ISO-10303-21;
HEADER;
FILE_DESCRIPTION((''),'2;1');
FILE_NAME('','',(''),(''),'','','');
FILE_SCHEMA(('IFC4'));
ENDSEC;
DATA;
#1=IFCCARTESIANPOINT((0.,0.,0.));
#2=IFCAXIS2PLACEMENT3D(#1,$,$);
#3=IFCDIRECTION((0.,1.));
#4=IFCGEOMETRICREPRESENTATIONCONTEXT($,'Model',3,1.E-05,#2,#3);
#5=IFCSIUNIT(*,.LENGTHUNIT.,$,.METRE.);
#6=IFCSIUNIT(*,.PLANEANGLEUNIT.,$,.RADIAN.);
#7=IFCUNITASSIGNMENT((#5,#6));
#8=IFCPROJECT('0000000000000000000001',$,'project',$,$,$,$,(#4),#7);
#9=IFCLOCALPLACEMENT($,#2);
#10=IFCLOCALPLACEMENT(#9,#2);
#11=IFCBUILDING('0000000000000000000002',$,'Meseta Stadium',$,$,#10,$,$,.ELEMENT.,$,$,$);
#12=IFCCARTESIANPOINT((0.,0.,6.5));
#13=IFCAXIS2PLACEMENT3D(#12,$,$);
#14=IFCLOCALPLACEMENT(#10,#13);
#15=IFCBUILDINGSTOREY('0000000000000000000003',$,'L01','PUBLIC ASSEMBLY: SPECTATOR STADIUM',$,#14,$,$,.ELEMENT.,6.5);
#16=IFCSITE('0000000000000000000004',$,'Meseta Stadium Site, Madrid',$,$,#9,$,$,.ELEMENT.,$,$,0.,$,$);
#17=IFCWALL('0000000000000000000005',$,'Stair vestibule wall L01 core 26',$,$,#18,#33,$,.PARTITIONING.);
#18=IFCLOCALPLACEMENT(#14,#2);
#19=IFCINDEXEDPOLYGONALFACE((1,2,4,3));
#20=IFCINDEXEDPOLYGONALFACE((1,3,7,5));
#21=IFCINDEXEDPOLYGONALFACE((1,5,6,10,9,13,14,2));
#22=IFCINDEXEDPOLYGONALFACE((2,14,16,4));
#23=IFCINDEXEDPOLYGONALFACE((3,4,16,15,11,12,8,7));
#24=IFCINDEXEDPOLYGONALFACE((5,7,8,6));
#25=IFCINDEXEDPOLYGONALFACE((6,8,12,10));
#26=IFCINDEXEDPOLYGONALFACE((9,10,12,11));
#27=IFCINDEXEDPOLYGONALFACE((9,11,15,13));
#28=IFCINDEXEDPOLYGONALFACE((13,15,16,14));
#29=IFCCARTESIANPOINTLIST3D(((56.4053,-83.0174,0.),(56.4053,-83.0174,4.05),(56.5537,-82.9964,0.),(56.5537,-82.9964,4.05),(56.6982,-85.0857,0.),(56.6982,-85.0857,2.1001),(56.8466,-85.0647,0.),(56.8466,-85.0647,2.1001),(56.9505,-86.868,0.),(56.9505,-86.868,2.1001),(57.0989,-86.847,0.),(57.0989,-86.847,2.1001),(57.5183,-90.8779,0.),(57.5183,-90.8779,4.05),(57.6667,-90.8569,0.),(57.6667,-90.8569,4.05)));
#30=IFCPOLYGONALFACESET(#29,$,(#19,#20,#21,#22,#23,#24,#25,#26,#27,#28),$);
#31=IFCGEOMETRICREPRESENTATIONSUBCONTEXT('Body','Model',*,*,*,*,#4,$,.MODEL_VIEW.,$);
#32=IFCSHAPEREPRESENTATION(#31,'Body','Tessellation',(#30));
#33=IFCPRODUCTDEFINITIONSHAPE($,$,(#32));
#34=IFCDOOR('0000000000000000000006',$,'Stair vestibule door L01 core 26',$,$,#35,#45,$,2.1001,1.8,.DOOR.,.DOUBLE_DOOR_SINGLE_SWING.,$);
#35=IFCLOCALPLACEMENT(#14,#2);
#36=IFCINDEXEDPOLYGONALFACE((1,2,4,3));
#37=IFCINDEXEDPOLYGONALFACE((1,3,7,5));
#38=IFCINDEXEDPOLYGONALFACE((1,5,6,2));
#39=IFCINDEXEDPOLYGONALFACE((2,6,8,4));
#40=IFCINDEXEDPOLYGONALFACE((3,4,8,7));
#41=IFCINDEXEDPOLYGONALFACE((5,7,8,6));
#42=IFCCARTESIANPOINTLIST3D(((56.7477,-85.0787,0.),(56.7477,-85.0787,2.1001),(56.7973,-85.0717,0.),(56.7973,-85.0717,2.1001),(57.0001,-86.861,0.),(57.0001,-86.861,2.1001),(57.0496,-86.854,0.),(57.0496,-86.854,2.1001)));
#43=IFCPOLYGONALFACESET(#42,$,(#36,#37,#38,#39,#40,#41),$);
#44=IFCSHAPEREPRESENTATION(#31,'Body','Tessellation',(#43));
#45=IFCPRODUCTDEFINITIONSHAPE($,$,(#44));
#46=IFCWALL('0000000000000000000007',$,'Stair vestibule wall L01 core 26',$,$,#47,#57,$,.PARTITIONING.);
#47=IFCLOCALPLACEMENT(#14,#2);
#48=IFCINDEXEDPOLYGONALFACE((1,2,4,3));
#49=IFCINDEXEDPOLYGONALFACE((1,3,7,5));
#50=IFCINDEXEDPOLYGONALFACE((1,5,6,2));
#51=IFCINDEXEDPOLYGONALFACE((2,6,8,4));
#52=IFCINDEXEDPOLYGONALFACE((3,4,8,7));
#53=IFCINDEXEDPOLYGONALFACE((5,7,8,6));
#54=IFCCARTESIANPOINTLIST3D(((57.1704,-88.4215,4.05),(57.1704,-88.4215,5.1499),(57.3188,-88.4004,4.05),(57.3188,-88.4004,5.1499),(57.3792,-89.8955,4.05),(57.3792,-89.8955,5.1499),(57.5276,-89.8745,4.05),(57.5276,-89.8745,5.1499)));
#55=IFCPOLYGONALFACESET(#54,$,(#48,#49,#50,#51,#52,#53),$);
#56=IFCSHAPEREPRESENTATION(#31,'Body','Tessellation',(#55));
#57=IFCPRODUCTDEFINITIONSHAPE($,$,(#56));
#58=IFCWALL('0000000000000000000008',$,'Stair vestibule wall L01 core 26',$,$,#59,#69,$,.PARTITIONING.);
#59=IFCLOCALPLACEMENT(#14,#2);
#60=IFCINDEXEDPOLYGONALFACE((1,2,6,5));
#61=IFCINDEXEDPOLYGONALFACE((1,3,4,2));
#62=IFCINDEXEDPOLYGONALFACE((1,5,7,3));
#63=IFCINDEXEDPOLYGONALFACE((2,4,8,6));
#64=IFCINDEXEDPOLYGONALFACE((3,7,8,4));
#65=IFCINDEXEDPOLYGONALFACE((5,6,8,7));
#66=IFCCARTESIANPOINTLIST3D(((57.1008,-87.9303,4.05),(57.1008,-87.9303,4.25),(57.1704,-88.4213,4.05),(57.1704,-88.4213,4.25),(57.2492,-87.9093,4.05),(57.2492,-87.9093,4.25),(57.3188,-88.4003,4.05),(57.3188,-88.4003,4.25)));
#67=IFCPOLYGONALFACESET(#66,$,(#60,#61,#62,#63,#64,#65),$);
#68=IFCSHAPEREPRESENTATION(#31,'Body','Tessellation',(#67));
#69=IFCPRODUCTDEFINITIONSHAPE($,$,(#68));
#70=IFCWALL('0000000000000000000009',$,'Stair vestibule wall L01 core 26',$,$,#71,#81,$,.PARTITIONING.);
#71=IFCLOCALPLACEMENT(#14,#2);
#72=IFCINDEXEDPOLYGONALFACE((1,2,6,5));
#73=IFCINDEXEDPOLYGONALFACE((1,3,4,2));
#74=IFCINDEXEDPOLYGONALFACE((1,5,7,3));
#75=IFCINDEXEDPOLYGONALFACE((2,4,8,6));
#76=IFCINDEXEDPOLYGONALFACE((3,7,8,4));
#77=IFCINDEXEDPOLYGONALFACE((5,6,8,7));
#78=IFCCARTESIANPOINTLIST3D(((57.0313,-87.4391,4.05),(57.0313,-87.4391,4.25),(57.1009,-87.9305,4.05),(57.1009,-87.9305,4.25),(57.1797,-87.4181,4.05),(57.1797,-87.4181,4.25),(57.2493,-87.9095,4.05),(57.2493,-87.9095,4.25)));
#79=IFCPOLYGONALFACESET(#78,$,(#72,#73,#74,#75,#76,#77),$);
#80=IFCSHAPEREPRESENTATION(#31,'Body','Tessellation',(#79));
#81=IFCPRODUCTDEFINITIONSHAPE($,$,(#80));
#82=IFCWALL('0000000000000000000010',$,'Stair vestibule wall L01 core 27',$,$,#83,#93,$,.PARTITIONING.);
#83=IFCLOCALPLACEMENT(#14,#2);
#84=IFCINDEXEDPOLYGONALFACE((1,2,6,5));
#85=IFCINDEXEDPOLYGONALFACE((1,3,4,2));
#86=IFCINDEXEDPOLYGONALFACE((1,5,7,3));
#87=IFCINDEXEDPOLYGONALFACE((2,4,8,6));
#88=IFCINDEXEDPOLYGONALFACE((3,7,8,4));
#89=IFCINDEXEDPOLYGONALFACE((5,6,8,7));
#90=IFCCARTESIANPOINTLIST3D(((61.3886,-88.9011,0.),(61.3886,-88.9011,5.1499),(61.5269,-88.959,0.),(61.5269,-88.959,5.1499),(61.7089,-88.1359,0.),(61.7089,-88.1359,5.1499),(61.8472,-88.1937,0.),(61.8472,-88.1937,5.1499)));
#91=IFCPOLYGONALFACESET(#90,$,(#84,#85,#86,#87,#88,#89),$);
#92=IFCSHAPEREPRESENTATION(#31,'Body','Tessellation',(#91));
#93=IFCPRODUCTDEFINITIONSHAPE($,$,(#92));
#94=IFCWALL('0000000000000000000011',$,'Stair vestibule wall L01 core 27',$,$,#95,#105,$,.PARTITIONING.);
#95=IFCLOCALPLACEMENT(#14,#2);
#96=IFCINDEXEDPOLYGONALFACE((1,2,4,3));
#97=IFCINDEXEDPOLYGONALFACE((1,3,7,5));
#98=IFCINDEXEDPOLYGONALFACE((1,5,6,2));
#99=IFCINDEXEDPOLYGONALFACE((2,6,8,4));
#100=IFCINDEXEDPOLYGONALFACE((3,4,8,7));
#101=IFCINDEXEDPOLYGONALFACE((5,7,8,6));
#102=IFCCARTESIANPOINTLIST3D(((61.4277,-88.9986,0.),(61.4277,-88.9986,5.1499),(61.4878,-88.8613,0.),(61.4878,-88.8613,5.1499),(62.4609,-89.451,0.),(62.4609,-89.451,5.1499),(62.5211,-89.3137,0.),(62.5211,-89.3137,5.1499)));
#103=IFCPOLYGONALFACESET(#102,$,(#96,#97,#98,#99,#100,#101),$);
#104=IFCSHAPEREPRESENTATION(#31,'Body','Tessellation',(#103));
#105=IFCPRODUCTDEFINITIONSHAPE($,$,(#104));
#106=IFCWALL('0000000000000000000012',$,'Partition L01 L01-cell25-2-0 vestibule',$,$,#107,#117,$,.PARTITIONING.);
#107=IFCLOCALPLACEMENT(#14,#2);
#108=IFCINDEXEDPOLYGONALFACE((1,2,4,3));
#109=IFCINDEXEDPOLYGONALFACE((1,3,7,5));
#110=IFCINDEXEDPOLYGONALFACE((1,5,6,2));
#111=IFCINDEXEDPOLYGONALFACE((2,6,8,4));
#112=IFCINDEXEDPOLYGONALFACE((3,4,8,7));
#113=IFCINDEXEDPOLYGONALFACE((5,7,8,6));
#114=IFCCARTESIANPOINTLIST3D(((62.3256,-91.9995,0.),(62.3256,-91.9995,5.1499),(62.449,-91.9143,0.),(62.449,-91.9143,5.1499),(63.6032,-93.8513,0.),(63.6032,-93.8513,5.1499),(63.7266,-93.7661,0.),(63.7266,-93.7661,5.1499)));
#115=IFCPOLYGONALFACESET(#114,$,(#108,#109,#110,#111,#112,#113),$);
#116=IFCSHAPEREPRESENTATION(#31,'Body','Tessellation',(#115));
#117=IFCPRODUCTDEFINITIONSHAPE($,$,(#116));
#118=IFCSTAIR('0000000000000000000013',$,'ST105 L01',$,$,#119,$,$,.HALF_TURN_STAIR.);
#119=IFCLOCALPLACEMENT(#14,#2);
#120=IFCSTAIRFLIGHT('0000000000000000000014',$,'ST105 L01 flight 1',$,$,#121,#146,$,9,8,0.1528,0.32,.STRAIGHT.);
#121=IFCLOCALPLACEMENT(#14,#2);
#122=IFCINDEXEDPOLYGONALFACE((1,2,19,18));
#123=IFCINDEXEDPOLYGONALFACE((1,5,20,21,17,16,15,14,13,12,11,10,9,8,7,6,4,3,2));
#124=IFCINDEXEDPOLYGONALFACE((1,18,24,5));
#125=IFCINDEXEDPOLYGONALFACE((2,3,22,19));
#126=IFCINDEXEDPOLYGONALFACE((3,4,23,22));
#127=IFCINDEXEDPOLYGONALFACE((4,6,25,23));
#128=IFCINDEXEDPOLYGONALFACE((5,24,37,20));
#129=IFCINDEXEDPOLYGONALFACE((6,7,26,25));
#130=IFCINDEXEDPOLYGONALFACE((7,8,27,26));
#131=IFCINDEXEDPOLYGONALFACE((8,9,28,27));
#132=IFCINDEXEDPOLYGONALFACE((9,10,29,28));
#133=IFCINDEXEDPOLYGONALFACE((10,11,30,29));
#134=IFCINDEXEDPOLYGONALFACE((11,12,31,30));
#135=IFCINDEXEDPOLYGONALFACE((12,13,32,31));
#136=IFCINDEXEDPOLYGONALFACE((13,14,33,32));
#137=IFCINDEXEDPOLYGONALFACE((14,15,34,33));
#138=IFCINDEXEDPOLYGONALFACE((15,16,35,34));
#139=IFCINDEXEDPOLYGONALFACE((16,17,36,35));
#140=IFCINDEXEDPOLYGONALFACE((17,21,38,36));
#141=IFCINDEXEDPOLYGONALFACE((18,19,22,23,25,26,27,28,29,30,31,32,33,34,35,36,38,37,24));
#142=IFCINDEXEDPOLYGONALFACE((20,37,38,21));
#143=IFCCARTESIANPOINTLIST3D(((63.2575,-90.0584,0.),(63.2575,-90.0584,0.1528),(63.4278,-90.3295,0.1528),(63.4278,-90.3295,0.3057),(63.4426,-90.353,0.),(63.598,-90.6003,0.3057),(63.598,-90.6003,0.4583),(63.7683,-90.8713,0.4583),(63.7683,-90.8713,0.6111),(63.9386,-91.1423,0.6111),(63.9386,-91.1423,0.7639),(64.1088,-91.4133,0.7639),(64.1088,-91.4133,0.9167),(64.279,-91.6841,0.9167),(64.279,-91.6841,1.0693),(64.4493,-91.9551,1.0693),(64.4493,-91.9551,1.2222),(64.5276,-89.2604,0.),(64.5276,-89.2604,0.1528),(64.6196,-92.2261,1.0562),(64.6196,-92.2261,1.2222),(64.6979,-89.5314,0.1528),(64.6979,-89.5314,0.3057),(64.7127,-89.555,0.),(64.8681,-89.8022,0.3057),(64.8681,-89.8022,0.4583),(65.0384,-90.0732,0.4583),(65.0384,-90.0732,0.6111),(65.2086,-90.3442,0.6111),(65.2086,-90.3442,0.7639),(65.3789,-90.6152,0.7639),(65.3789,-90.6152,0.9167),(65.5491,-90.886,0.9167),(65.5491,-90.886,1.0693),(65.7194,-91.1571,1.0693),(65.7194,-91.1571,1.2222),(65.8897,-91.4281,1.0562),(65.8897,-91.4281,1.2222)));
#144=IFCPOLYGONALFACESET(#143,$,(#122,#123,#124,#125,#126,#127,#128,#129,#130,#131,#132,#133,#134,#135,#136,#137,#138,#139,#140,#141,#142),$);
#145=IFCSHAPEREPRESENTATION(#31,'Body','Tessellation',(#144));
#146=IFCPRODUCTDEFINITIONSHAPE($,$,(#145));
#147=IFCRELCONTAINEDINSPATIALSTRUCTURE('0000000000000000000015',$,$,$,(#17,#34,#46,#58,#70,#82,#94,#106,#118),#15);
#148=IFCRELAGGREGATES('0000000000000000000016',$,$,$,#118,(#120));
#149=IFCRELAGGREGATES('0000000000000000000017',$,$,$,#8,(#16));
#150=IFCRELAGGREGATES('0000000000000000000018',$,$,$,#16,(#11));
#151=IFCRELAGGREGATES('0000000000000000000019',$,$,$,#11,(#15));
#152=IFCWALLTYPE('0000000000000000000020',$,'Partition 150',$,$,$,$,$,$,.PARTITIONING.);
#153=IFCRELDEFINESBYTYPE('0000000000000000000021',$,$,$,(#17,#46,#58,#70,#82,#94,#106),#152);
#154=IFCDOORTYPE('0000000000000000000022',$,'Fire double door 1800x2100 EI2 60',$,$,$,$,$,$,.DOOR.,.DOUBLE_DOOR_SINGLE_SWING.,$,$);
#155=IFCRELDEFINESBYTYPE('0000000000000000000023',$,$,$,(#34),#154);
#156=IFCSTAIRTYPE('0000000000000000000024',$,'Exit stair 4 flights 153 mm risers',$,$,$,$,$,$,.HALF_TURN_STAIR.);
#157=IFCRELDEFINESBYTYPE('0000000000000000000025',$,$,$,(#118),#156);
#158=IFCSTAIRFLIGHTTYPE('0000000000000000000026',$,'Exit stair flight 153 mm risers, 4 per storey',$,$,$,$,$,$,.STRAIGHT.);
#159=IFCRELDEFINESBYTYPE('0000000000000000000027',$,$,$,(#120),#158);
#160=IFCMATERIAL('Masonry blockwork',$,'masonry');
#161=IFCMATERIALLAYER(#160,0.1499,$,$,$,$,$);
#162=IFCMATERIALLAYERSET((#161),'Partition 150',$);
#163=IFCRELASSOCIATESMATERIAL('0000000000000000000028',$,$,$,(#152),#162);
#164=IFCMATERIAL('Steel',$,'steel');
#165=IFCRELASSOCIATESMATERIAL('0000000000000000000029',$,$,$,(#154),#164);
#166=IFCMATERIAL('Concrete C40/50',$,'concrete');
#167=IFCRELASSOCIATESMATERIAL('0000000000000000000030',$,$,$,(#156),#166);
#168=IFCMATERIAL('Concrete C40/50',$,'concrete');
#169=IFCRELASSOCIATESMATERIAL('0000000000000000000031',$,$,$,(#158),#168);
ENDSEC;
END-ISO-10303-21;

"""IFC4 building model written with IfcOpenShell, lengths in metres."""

from ifc_helpers import new_model, si_unit, direction, frame, frame_2d, origin, place, context, subcontext, project, spatial, polyline, rectangle, outline, extrude, material, layer, layer_set, type_object, element, fill, aggregate, save


model = new_model("IFC4")

# Units and contexts
model_context = context("Model", 3, precision=1e-05, world=origin(), true_north=direction((0.0, 1.0)))
body_context = subcontext(model_context, "Body", "Model", "MODEL_VIEW")
ifc_project = project(units=[si_unit("LENGTHUNIT", "METRE"), si_unit("PLANEANGLEUNIT", "RADIAN")], contexts=[model_context])

# Site, building, storey
site_placement = place(None, origin())
site = spatial("IfcSite", under=ifc_project, at=site_placement, Name="Meseta Stadium Site, Madrid", CompositionType="ELEMENT", RefElevation=0.0)
building_placement = place(site_placement, origin())
building = spatial("IfcBuilding", under=site, at=building_placement, Name="Meseta Stadium", CompositionType="ELEMENT")
storey_placement = place(building_placement, frame((0.0, 0.0, 6.5)))
storey = spatial("IfcBuildingStorey", under=building, at=storey_placement, Name="L01", Description="PUBLIC ASSEMBLY: SPECTATOR STADIUM", CompositionType="ELEMENT", Elevation=6.5)

# Shared definitions
ifc_material_1 = material(Name="Masonry blockwork", Category="masonry")
ifc_layer_1 = layer(ifc_material_1, 0.1499)
ifc_layer_set_1 = layer_set([ifc_layer_1], Name="Partition 150")
wall_type_1 = type_object("IfcWallType", Name="Partition 150", PredefinedType="PARTITIONING", material=ifc_layer_set_1)

# Wall, opening, door
wall_1_placement = place(storey_placement, frame((57.5925, -90.8674, 0.0), z_axis=(0.0, 0.0, 1.0), x_axis=(-0.140199, 0.990123, 0.0)))
wall_1 = element("IfcWall", 1, at=wall_1_placement, inside=storey, type_object=wall_type_1, Name="Stair vestibule wall L01 core 26", PredefinedType="PARTITIONING", context=body_context, shape_type="SweptSolid", body=[
    extrude(rectangle(XDim=7.939, YDim=0.1499, at=frame_2d((3.9695, 0.0))), origin(), (0.0, 0.0, 1.0), 4.05),
])
opening_1_placement = place(wall_1_placement, frame((4.05, 0.0, 0.0)))
opening_1 = element("IfcOpeningElement", 2, at=opening_1_placement, cuts=wall_1, PredefinedType="OPENING", context=body_context, shape_type="SweptSolid", body=[
    extrude(rectangle(XDim=1.8, YDim=2.1001, at=frame_2d((0.8999, 1.05))), frame((0.0, 0.085, 0.0), z_axis=(0.0, -1.0, 0.0), x_axis=(1.0, 0.0, 0.0)), (0.0, 0.0, 1.0), 0.1699),
])
ifc_material_2 = material(Name="Steel", Category="steel")
door_type_1 = type_object("IfcDoorType", Name="Fire double door 1800x2100 EI2 60", OperationType="DOUBLE_DOOR_SINGLE_SWING", PredefinedType="DOOR", material=ifc_material_2)
door_1_placement = place(opening_1_placement, origin())
door_1 = element("IfcDoor", 3, at=door_1_placement, inside=storey, type_object=door_type_1, Name="Stair vestibule door L01 core 26", OperationType="DOUBLE_DOOR_SINGLE_SWING", OverallHeight=2.1001, OverallWidth=1.8, PredefinedType="DOOR", context=body_context, shape_type="SweptSolid", body=[
    extrude(rectangle(XDim=1.8, YDim=2.1001, at=frame_2d((0.8999, 1.05))), frame((0.0, 0.0249, 0.0), z_axis=(0.0, -1.0, 0.0), x_axis=(1.0, 0.0, 0.0)), (0.0, 0.0, 1.0), 0.05),
])
fill(opening_1, door_1)

# Walls
wall_2_placement = place(storey_placement, frame((57.4534, -89.885, 4.05), z_axis=(0.0, 0.0, 1.0), x_axis=(-0.140205, 0.990123, 0.0)))
element("IfcWall", 4, at=wall_2_placement, inside=storey, type_object=wall_type_1, Name="Stair vestibule wall L01 core 26", PredefinedType="PARTITIONING", context=body_context, shape_type="SweptSolid", body=[
    extrude(rectangle(XDim=1.4888, YDim=0.1499, at=frame_2d((0.7444, 0.0))), origin(), (0.0, 0.0, 1.0), 1.0999),
])
wall_3_placement = place(storey_placement, frame((57.2446, -88.4109, 4.05), z_axis=(0.0, 0.0, 1.0), x_axis=(-0.140318, 0.990106, 0.0)))
element("IfcWall", 5, at=wall_3_placement, inside=storey, type_object=wall_type_1, Name="Stair vestibule wall L01 core 26", PredefinedType="PARTITIONING", context=body_context, shape_type="SweptSolid", body=[
    extrude(rectangle(XDim=0.4958, YDim=0.1499, at=frame_2d((0.248, 0.0))), origin(), (0.0, 0.0, 1.0), 0.2),
])
wall_4_placement = place(storey_placement, frame((57.175, -87.9199, 4.05), z_axis=(0.0, 0.0, 1.0), x_axis=(-0.140182, 0.990126, 0.0)))
element("IfcWall", 6, at=wall_4_placement, inside=storey, type_object=wall_type_1, Name="Stair vestibule wall L01 core 26", PredefinedType="PARTITIONING", context=body_context, shape_type="SweptSolid", body=[
    extrude(rectangle(XDim=0.4963, YDim=0.1499, at=frame_2d((0.248, 0.0))), origin(), (0.0, 0.0, 1.0), 0.2),
])
wall_5_placement = place(storey_placement, frame((61.7781, -88.1648, 0.0), z_axis=(0.0, 0.0, 1.0), x_axis=(-0.386161, -0.922431, 0.0)))
element("IfcWall", 7, at=wall_5_placement, inside=storey, type_object=wall_type_1, Name="Stair vestibule wall L01 core 27", PredefinedType="PARTITIONING", context=body_context, shape_type="SweptSolid", body=[
    extrude(rectangle(XDim=0.8296, YDim=0.1499, at=frame_2d((0.4148, 0.0))), origin(), (0.0, 0.0, 1.0), 5.1499),
])
wall_6_placement = place(storey_placement, frame((61.4578, -88.9299, 0.0), z_axis=(0.0, 0.0, 1.0), x_axis=(0.916038, -0.401091, 0.0)))
element("IfcWall", 8, at=wall_6_placement, inside=storey, type_object=wall_type_1, Name="Stair vestibule wall L01 core 27", PredefinedType="PARTITIONING", context=body_context, shape_type="SweptSolid", body=[
    extrude(rectangle(XDim=1.1279, YDim=0.1499, at=frame_2d((0.564, 0.0))), origin(), (0.0, 0.0, 1.0), 5.1499),
])
wall_7_placement = place(storey_placement, frame((62.3872, -91.9568, 0.0), z_axis=(0.0, 0.0, 1.0), x_axis=(0.567877, -0.823113, 0.0)))
element("IfcWall", 9, at=wall_7_placement, inside=storey, type_object=wall_type_1, Name="Partition L01 L01-cell25-2-0 vestibule", PredefinedType="PARTITIONING", context=body_context, shape_type="SweptSolid", body=[
    extrude(rectangle(XDim=2.2498, YDim=0.1499, at=frame_2d((1.125, 0.0))), origin(), (0.0, 0.0, 1.0), 5.1499),
])

# Stair, stair flight
ifc_material_3 = material(Name="Concrete C40/50", Category="concrete")
stair_type = type_object("IfcStairType", Name="Exit stair 4 flights 153 mm risers", PredefinedType="HALF_TURN_STAIR", material=ifc_material_3)
stair_placement = place(storey_placement, origin())
stair = element("IfcStair", 10, at=stair_placement, inside=storey, type_object=stair_type, Name="ST105 L01", PredefinedType="HALF_TURN_STAIR")
ifc_material_4 = material(Name="Concrete C40/50", Category="concrete")
stair_flight_type = type_object("IfcStairFlightType", Name="Exit stair flight 153 mm risers, 4 per storey", PredefinedType="STRAIGHT", material=ifc_material_4)
stair_flight_placement = place(storey_placement, frame((63.8926, -89.6594, 0.0), z_axis=(0.0, 0.0, 1.0), x_axis=(0.532032, -0.846724, 0.0)))
stair_flight = element("IfcStairFlight", 11, at=stair_flight_placement, type_object=stair_flight_type, Name="ST105 L01 flight 1", NumberOfRisers=9, NumberOfTreads=8, PredefinedType="STRAIGHT", RiserHeight=0.1528, TreadLength=0.32, context=body_context, shape_type="SweptSolid", body=[
    extrude(outline(polyline([(0.0, 0.0), (0.0, 0.1528), (0.3201, 0.1528), (0.3201, 0.3057), (0.6399, 0.3057), (0.6399, 0.4583), (0.96, 0.4583), (0.96, 0.6111), (1.28, 0.6111), (1.28, 0.7639), (1.6001, 0.7639), (1.6001, 0.9167), (1.9199, 0.9167), (1.9199, 1.0693), (2.24, 1.0693), (2.24, 1.2222), (2.5601, 1.2222), (2.5601, 1.0562), (0.3479, 0.0), (0.0, 0.0)])), frame((0.0, 0.75, 0.0), z_axis=(0.0, -1.0, 0.0), x_axis=(1.0, 0.0, 0.0)), (0.0, 0.0, 1.0), 1.5),
])
aggregate(stair, [stair_flight])

save(model, "model.ifc")
